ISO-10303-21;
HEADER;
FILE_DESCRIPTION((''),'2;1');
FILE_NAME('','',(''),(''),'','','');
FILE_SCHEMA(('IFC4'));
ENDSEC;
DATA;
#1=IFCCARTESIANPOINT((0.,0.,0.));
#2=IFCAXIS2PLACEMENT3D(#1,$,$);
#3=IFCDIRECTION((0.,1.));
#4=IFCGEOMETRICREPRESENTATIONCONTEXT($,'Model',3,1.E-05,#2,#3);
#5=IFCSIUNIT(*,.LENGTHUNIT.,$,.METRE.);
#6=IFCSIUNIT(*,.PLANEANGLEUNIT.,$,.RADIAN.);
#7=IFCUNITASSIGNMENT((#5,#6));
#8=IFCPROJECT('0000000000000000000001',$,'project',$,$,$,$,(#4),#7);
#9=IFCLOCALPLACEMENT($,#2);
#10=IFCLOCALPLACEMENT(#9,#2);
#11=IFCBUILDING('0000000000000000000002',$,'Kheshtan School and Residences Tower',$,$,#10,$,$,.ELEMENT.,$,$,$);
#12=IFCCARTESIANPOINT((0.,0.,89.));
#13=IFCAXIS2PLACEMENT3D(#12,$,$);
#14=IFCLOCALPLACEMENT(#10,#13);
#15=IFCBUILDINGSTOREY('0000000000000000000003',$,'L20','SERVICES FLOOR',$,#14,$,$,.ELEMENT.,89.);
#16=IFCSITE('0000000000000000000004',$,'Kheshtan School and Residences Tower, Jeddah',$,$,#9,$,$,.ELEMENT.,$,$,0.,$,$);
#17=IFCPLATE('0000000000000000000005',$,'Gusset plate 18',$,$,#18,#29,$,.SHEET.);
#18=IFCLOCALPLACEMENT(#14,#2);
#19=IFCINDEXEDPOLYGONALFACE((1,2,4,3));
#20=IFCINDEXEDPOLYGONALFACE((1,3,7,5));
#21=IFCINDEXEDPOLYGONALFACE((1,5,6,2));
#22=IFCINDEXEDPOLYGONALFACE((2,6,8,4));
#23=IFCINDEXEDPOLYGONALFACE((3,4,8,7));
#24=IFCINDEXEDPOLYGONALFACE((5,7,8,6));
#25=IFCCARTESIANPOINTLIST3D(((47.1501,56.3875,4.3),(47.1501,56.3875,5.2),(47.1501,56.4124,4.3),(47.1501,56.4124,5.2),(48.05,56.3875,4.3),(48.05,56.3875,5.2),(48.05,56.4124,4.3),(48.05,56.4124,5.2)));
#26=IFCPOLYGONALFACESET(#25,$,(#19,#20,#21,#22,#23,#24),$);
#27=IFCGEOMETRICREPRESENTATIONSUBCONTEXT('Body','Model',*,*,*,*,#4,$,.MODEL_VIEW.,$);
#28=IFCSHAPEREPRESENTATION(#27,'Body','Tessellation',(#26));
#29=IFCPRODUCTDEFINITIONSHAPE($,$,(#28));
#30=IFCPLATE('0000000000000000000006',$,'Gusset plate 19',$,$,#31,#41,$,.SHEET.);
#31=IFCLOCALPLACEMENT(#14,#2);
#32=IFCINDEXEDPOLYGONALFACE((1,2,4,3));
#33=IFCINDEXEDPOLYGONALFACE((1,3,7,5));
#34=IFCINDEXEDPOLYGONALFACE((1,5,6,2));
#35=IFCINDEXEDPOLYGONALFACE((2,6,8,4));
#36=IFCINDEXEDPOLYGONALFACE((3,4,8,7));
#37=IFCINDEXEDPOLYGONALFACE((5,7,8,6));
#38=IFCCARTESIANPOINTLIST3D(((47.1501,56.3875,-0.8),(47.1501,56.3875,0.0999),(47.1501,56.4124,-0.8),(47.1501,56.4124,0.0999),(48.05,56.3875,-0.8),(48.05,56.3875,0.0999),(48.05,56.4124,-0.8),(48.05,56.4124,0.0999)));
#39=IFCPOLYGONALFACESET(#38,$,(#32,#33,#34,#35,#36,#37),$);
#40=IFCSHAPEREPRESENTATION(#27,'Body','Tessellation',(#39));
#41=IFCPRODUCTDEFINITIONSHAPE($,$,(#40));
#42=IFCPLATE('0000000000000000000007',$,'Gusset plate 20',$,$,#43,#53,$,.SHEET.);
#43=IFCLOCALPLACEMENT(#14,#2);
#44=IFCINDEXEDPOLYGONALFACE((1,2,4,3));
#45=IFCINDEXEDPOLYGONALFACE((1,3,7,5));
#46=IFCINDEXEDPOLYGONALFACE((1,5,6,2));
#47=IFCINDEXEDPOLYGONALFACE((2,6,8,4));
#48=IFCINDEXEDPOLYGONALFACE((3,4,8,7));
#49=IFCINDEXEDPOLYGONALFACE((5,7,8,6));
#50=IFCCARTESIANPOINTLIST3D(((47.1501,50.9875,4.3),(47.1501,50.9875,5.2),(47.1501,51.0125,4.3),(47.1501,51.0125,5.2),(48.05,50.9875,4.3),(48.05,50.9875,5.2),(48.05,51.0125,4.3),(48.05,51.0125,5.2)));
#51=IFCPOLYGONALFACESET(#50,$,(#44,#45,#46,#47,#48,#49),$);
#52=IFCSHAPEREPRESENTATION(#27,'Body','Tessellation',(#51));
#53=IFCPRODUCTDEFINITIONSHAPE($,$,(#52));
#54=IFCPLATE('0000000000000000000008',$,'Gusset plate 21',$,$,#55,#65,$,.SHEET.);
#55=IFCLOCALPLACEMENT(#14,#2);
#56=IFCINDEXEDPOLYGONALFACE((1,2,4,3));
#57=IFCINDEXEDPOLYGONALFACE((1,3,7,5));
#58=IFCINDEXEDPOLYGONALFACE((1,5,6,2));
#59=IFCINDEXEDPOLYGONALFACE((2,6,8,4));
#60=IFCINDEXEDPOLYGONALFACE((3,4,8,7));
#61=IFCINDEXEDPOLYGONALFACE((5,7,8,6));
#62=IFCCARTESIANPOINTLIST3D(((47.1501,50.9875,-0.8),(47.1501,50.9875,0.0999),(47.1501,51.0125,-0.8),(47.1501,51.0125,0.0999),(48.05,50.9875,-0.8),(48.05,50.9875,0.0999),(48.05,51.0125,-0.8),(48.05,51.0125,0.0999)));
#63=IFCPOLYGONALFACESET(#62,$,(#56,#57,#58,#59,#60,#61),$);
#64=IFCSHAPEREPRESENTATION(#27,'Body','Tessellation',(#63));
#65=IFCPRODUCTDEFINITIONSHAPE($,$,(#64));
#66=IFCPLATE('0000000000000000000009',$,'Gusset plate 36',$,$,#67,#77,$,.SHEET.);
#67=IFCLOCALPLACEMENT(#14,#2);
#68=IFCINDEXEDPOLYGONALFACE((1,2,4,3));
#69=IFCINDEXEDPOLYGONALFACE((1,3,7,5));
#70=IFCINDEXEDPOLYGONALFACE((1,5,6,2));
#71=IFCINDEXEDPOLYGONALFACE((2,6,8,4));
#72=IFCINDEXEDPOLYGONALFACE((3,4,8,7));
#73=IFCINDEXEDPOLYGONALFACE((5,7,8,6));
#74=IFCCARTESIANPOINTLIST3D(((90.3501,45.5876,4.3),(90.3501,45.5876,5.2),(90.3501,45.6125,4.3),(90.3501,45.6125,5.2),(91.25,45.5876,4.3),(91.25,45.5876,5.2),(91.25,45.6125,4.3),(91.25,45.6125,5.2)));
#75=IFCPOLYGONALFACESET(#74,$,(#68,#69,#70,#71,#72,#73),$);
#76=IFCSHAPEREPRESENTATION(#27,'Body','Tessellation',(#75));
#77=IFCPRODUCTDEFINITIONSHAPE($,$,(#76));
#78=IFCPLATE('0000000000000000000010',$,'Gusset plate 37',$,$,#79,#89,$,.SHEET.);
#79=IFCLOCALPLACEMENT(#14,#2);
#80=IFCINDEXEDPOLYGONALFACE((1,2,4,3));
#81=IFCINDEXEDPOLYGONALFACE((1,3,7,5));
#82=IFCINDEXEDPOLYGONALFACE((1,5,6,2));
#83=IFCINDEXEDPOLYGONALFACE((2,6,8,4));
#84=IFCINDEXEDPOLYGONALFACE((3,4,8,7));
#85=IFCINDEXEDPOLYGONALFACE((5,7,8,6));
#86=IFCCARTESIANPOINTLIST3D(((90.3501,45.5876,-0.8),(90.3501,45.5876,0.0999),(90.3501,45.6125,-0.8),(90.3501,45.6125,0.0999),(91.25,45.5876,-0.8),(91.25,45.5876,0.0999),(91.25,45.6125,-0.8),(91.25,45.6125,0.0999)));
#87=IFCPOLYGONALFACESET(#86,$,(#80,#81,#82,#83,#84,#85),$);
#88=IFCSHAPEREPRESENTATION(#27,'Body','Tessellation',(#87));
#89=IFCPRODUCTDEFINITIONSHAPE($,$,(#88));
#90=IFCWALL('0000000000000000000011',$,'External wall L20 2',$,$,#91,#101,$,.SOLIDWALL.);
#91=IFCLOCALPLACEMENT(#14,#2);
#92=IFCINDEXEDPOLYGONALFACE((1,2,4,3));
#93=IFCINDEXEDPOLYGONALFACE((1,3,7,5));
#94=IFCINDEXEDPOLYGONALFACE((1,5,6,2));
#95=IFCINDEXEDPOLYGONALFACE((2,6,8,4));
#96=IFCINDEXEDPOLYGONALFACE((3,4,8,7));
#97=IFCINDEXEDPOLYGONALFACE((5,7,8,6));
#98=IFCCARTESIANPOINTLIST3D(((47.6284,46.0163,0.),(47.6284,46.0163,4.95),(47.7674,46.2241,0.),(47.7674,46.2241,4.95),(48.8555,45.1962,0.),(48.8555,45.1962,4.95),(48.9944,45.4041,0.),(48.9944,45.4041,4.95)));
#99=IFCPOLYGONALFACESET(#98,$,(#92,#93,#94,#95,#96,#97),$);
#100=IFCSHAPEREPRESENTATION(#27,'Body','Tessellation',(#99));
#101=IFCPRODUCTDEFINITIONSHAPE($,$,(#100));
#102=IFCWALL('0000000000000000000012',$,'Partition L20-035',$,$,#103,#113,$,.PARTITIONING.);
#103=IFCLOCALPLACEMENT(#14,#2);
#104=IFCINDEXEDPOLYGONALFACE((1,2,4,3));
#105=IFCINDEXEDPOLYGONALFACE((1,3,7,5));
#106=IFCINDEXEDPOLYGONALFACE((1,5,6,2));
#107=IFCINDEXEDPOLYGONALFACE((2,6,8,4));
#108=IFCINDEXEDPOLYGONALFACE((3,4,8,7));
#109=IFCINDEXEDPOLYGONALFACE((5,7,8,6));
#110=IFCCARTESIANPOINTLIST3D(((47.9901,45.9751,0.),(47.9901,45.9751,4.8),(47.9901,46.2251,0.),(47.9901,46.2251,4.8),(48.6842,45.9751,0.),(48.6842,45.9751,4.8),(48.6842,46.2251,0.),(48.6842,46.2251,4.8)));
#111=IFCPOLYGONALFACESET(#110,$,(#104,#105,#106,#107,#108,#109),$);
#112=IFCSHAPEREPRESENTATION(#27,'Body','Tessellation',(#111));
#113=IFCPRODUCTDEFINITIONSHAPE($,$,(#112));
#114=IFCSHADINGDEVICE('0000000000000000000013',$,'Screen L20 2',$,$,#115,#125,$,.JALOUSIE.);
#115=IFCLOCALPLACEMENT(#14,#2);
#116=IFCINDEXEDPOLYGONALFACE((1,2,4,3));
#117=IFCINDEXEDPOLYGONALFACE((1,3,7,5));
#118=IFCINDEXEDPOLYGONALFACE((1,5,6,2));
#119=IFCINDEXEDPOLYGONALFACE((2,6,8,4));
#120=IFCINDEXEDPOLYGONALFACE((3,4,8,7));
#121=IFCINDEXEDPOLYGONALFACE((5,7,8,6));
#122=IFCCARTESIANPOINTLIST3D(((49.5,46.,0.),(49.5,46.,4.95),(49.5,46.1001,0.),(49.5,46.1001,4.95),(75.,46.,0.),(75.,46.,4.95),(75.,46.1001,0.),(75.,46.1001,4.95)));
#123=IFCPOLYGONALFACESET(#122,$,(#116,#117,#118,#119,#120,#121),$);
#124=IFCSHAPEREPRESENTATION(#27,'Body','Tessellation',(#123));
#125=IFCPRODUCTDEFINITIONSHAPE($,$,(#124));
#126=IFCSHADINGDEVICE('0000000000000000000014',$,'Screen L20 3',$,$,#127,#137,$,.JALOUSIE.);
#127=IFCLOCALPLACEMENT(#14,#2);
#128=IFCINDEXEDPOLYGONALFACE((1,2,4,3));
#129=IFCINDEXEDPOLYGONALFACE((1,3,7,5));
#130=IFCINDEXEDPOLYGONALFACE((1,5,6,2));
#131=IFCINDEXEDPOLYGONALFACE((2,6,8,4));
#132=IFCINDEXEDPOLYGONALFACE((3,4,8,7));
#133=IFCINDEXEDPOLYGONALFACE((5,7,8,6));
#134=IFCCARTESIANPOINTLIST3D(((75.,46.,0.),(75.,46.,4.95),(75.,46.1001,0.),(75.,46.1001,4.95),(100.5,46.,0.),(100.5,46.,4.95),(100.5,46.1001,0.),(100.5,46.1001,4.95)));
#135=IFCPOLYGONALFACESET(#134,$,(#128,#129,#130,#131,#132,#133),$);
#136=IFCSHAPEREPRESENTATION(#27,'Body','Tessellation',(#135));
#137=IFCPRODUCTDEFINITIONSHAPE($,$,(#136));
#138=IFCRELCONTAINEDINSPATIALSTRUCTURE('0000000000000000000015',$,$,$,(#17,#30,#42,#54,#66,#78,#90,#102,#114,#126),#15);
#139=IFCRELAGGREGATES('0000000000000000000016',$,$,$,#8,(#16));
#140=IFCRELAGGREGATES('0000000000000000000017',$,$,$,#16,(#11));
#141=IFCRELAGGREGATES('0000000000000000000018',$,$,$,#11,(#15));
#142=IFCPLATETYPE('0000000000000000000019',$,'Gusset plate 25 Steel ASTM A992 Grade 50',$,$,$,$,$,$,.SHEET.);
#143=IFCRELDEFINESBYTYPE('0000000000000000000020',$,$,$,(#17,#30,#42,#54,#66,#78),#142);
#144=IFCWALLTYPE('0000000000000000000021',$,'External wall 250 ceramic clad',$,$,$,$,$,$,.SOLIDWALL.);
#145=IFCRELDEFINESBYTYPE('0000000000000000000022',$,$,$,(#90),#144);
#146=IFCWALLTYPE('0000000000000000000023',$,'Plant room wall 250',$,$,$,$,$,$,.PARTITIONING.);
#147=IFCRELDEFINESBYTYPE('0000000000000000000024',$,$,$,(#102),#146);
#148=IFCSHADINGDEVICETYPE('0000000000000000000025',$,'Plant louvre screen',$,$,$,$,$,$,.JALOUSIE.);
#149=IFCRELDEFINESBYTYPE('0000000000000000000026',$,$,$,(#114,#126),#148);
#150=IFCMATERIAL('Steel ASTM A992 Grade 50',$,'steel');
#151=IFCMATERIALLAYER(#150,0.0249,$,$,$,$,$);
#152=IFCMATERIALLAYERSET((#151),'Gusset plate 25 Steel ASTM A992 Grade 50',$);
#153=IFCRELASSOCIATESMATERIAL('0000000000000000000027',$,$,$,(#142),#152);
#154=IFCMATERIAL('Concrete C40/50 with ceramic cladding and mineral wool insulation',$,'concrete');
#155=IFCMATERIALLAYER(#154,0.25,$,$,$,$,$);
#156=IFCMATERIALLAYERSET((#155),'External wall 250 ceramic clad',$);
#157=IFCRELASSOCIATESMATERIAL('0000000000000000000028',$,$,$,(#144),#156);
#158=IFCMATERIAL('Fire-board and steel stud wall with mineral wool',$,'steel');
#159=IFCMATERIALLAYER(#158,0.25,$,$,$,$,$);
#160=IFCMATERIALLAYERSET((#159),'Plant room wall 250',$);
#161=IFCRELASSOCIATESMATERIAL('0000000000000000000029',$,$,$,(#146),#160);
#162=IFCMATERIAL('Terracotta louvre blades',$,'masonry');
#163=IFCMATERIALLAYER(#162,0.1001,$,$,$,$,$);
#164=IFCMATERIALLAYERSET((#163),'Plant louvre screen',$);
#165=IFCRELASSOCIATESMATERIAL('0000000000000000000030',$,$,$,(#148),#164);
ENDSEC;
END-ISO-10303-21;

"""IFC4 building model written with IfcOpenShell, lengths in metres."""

from ifc_helpers import new_model, si_unit, direction, frame, frame_2d, origin, origin_2d, place, context, subcontext, project, spatial, rectangle, extrude, material, layer, layer_set, type_object, element, save


model = new_model("IFC4")

# Units and contexts
model_context = context("Model", 3, precision=1e-05, world=origin(), true_north=direction((0.0, 1.0)))
body_context = subcontext(model_context, "Body", "Model", "MODEL_VIEW")
ifc_project = project(units=[si_unit("LENGTHUNIT", "METRE"), si_unit("PLANEANGLEUNIT", "RADIAN")], contexts=[model_context])

# Site, building, storey
site_placement = place(None, origin())
site = spatial("IfcSite", under=ifc_project, at=site_placement, Name="Kheshtan School and Residences Tower, Jeddah", CompositionType="ELEMENT", RefElevation=0.0)
building_placement = place(site_placement, origin())
building = spatial("IfcBuilding", under=site, at=building_placement, Name="Kheshtan School and Residences Tower", CompositionType="ELEMENT")
storey_placement = place(building_placement, frame((0.0, 0.0, 89.0)))
storey = spatial("IfcBuildingStorey", under=building, at=storey_placement, Name="L20", Description="SERVICES FLOOR", CompositionType="ELEMENT", Elevation=89.0)

# Shared definitions
ifc_material_1 = material(Name="Steel ASTM A992 Grade 50", Category="steel")

# Plates
ifc_layer_1 = layer(ifc_material_1, 0.0249)
ifc_layer_set_1 = layer_set([ifc_layer_1], Name="Gusset plate 25 Steel ASTM A992 Grade 50")
plate_type = type_object("IfcPlateType", Name="Gusset plate 25 Steel ASTM A992 Grade 50", PredefinedType="SHEET", material=ifc_layer_set_1)
for number, where, z_axis, x_axis, name in (
    (1, (47.6001, 56.3999, 4.3), (0.0, 0.0, 1.0), (1.0, 0.0, 0.0), "Gusset plate 18"),
    (2, (47.6001, 56.3999, -0.8), (0.0, 0.0, 1.0), (1.0, 0.0, 0.0), "Gusset plate 19"),
    (3, (47.6001, 51.0, 4.3), (0.0, 0.0, 1.0), (1.0, 0.0, 0.0), "Gusset plate 20"),
    (4, (47.6001, 51.0, -0.8), (0.0, 0.0, 1.0), (1.0, 0.0, 0.0), "Gusset plate 21"),
    (5, (90.8, 45.6001, 4.3), (0.0, 0.0, 1.0), (1.0, 0.0, 0.0), "Gusset plate 36"),
    (6, (90.8, 45.6001, -0.8), (0.0, 0.0, 1.0), (1.0, 0.0, 0.0), "Gusset plate 37"),
):
    element("IfcPlate", number, at=place(storey_placement, frame(where, z_axis=z_axis, x_axis=x_axis)), inside=storey, type_object=plate_type, Name=name, PredefinedType="SHEET", context=body_context, shape_type="SweptSolid", body=[
        extrude(rectangle(XDim=0.8999, YDim=0.0249, at=origin_2d()), origin(), (0.0, 0.0, 1.0), 0.8999),
    ])

# Walls
ifc_material_2 = material(Name="Concrete C40/50 with ceramic cladding and mineral wool insulation", Category="concrete")
ifc_layer_2 = layer(ifc_material_2, 0.25)
ifc_layer_set_2 = layer_set([ifc_layer_2], Name="External wall 250 ceramic clad")
wall_type_1 = type_object("IfcWallType", Name="External wall 250 ceramic clad", PredefinedType="SOLIDWALL", material=ifc_layer_set_2)
wall_1_placement = place(storey_placement, frame((47.698, 46.1201, 0.0), z_axis=(0.0, 0.0, 1.0), x_axis=(0.831414, -0.555654, 0.0)))
element("IfcWall", 7, at=wall_1_placement, inside=storey, type_object=wall_type_1, Name="External wall L20 2", PredefinedType="SOLIDWALL", context=body_context, shape_type="SweptSolid", body=[
    extrude(rectangle(XDim=1.4758, YDim=0.25, at=frame_2d((0.7378, 0.0))), origin(), (0.0, 0.0, 1.0), 4.95),
])
ifc_material_3 = material(Name="Fire-board and steel stud wall with mineral wool", Category="steel")
ifc_layer_3 = layer(ifc_material_3, 0.25)
ifc_layer_set_3 = layer_set([ifc_layer_3], Name="Plant room wall 250")
wall_type_2 = type_object("IfcWallType", Name="Plant room wall 250", PredefinedType="PARTITIONING", material=ifc_layer_set_3)
wall_2_placement = place(storey_placement, frame((47.99, 46.1001, 0.0), z_axis=(0.0, 0.0, 1.0), x_axis=(1.0, 0.0, 0.0)))
element("IfcWall", 8, at=wall_2_placement, inside=storey, type_object=wall_type_2, Name="Partition L20-035", PredefinedType="PARTITIONING", context=body_context, shape_type="SweptSolid", body=[
    extrude(rectangle(XDim=0.6941, YDim=0.25, at=frame_2d((0.3472, 0.0))), origin(), (0.0, 0.0, 1.0), 4.8),
])

# Shading devices
ifc_material_4 = material(Name="Terracotta louvre blades", Category="masonry")
ifc_layer_4 = layer(ifc_material_4, 0.1001)
ifc_layer_set_4 = layer_set([ifc_layer_4], Name="Plant louvre screen")
shading_device_type = type_object("IfcShadingDeviceType", Name="Plant louvre screen", PredefinedType="JALOUSIE", material=ifc_layer_set_4)
for number, where, z_axis, x_axis, name in (
    (9, (62.25, 46.05, 0.0), (0.0, 0.0, 1.0), (1.0, 0.0, 0.0), "Screen L20 2"),
    (10, (87.75, 46.05, 0.0), (0.0, 0.0, 1.0), (1.0, 0.0, 0.0), "Screen L20 3"),
):
    element("IfcShadingDevice", number, at=place(storey_placement, frame(where, z_axis=z_axis, x_axis=x_axis)), inside=storey, type_object=shading_device_type, Name=name, PredefinedType="JALOUSIE", context=body_context, shape_type="SweptSolid", body=[
        extrude(rectangle(XDim=25.5, YDim=0.1001, at=origin_2d()), origin(), (0.0, 0.0, 1.0), 4.95),
    ])

save(model, "model.ifc")
